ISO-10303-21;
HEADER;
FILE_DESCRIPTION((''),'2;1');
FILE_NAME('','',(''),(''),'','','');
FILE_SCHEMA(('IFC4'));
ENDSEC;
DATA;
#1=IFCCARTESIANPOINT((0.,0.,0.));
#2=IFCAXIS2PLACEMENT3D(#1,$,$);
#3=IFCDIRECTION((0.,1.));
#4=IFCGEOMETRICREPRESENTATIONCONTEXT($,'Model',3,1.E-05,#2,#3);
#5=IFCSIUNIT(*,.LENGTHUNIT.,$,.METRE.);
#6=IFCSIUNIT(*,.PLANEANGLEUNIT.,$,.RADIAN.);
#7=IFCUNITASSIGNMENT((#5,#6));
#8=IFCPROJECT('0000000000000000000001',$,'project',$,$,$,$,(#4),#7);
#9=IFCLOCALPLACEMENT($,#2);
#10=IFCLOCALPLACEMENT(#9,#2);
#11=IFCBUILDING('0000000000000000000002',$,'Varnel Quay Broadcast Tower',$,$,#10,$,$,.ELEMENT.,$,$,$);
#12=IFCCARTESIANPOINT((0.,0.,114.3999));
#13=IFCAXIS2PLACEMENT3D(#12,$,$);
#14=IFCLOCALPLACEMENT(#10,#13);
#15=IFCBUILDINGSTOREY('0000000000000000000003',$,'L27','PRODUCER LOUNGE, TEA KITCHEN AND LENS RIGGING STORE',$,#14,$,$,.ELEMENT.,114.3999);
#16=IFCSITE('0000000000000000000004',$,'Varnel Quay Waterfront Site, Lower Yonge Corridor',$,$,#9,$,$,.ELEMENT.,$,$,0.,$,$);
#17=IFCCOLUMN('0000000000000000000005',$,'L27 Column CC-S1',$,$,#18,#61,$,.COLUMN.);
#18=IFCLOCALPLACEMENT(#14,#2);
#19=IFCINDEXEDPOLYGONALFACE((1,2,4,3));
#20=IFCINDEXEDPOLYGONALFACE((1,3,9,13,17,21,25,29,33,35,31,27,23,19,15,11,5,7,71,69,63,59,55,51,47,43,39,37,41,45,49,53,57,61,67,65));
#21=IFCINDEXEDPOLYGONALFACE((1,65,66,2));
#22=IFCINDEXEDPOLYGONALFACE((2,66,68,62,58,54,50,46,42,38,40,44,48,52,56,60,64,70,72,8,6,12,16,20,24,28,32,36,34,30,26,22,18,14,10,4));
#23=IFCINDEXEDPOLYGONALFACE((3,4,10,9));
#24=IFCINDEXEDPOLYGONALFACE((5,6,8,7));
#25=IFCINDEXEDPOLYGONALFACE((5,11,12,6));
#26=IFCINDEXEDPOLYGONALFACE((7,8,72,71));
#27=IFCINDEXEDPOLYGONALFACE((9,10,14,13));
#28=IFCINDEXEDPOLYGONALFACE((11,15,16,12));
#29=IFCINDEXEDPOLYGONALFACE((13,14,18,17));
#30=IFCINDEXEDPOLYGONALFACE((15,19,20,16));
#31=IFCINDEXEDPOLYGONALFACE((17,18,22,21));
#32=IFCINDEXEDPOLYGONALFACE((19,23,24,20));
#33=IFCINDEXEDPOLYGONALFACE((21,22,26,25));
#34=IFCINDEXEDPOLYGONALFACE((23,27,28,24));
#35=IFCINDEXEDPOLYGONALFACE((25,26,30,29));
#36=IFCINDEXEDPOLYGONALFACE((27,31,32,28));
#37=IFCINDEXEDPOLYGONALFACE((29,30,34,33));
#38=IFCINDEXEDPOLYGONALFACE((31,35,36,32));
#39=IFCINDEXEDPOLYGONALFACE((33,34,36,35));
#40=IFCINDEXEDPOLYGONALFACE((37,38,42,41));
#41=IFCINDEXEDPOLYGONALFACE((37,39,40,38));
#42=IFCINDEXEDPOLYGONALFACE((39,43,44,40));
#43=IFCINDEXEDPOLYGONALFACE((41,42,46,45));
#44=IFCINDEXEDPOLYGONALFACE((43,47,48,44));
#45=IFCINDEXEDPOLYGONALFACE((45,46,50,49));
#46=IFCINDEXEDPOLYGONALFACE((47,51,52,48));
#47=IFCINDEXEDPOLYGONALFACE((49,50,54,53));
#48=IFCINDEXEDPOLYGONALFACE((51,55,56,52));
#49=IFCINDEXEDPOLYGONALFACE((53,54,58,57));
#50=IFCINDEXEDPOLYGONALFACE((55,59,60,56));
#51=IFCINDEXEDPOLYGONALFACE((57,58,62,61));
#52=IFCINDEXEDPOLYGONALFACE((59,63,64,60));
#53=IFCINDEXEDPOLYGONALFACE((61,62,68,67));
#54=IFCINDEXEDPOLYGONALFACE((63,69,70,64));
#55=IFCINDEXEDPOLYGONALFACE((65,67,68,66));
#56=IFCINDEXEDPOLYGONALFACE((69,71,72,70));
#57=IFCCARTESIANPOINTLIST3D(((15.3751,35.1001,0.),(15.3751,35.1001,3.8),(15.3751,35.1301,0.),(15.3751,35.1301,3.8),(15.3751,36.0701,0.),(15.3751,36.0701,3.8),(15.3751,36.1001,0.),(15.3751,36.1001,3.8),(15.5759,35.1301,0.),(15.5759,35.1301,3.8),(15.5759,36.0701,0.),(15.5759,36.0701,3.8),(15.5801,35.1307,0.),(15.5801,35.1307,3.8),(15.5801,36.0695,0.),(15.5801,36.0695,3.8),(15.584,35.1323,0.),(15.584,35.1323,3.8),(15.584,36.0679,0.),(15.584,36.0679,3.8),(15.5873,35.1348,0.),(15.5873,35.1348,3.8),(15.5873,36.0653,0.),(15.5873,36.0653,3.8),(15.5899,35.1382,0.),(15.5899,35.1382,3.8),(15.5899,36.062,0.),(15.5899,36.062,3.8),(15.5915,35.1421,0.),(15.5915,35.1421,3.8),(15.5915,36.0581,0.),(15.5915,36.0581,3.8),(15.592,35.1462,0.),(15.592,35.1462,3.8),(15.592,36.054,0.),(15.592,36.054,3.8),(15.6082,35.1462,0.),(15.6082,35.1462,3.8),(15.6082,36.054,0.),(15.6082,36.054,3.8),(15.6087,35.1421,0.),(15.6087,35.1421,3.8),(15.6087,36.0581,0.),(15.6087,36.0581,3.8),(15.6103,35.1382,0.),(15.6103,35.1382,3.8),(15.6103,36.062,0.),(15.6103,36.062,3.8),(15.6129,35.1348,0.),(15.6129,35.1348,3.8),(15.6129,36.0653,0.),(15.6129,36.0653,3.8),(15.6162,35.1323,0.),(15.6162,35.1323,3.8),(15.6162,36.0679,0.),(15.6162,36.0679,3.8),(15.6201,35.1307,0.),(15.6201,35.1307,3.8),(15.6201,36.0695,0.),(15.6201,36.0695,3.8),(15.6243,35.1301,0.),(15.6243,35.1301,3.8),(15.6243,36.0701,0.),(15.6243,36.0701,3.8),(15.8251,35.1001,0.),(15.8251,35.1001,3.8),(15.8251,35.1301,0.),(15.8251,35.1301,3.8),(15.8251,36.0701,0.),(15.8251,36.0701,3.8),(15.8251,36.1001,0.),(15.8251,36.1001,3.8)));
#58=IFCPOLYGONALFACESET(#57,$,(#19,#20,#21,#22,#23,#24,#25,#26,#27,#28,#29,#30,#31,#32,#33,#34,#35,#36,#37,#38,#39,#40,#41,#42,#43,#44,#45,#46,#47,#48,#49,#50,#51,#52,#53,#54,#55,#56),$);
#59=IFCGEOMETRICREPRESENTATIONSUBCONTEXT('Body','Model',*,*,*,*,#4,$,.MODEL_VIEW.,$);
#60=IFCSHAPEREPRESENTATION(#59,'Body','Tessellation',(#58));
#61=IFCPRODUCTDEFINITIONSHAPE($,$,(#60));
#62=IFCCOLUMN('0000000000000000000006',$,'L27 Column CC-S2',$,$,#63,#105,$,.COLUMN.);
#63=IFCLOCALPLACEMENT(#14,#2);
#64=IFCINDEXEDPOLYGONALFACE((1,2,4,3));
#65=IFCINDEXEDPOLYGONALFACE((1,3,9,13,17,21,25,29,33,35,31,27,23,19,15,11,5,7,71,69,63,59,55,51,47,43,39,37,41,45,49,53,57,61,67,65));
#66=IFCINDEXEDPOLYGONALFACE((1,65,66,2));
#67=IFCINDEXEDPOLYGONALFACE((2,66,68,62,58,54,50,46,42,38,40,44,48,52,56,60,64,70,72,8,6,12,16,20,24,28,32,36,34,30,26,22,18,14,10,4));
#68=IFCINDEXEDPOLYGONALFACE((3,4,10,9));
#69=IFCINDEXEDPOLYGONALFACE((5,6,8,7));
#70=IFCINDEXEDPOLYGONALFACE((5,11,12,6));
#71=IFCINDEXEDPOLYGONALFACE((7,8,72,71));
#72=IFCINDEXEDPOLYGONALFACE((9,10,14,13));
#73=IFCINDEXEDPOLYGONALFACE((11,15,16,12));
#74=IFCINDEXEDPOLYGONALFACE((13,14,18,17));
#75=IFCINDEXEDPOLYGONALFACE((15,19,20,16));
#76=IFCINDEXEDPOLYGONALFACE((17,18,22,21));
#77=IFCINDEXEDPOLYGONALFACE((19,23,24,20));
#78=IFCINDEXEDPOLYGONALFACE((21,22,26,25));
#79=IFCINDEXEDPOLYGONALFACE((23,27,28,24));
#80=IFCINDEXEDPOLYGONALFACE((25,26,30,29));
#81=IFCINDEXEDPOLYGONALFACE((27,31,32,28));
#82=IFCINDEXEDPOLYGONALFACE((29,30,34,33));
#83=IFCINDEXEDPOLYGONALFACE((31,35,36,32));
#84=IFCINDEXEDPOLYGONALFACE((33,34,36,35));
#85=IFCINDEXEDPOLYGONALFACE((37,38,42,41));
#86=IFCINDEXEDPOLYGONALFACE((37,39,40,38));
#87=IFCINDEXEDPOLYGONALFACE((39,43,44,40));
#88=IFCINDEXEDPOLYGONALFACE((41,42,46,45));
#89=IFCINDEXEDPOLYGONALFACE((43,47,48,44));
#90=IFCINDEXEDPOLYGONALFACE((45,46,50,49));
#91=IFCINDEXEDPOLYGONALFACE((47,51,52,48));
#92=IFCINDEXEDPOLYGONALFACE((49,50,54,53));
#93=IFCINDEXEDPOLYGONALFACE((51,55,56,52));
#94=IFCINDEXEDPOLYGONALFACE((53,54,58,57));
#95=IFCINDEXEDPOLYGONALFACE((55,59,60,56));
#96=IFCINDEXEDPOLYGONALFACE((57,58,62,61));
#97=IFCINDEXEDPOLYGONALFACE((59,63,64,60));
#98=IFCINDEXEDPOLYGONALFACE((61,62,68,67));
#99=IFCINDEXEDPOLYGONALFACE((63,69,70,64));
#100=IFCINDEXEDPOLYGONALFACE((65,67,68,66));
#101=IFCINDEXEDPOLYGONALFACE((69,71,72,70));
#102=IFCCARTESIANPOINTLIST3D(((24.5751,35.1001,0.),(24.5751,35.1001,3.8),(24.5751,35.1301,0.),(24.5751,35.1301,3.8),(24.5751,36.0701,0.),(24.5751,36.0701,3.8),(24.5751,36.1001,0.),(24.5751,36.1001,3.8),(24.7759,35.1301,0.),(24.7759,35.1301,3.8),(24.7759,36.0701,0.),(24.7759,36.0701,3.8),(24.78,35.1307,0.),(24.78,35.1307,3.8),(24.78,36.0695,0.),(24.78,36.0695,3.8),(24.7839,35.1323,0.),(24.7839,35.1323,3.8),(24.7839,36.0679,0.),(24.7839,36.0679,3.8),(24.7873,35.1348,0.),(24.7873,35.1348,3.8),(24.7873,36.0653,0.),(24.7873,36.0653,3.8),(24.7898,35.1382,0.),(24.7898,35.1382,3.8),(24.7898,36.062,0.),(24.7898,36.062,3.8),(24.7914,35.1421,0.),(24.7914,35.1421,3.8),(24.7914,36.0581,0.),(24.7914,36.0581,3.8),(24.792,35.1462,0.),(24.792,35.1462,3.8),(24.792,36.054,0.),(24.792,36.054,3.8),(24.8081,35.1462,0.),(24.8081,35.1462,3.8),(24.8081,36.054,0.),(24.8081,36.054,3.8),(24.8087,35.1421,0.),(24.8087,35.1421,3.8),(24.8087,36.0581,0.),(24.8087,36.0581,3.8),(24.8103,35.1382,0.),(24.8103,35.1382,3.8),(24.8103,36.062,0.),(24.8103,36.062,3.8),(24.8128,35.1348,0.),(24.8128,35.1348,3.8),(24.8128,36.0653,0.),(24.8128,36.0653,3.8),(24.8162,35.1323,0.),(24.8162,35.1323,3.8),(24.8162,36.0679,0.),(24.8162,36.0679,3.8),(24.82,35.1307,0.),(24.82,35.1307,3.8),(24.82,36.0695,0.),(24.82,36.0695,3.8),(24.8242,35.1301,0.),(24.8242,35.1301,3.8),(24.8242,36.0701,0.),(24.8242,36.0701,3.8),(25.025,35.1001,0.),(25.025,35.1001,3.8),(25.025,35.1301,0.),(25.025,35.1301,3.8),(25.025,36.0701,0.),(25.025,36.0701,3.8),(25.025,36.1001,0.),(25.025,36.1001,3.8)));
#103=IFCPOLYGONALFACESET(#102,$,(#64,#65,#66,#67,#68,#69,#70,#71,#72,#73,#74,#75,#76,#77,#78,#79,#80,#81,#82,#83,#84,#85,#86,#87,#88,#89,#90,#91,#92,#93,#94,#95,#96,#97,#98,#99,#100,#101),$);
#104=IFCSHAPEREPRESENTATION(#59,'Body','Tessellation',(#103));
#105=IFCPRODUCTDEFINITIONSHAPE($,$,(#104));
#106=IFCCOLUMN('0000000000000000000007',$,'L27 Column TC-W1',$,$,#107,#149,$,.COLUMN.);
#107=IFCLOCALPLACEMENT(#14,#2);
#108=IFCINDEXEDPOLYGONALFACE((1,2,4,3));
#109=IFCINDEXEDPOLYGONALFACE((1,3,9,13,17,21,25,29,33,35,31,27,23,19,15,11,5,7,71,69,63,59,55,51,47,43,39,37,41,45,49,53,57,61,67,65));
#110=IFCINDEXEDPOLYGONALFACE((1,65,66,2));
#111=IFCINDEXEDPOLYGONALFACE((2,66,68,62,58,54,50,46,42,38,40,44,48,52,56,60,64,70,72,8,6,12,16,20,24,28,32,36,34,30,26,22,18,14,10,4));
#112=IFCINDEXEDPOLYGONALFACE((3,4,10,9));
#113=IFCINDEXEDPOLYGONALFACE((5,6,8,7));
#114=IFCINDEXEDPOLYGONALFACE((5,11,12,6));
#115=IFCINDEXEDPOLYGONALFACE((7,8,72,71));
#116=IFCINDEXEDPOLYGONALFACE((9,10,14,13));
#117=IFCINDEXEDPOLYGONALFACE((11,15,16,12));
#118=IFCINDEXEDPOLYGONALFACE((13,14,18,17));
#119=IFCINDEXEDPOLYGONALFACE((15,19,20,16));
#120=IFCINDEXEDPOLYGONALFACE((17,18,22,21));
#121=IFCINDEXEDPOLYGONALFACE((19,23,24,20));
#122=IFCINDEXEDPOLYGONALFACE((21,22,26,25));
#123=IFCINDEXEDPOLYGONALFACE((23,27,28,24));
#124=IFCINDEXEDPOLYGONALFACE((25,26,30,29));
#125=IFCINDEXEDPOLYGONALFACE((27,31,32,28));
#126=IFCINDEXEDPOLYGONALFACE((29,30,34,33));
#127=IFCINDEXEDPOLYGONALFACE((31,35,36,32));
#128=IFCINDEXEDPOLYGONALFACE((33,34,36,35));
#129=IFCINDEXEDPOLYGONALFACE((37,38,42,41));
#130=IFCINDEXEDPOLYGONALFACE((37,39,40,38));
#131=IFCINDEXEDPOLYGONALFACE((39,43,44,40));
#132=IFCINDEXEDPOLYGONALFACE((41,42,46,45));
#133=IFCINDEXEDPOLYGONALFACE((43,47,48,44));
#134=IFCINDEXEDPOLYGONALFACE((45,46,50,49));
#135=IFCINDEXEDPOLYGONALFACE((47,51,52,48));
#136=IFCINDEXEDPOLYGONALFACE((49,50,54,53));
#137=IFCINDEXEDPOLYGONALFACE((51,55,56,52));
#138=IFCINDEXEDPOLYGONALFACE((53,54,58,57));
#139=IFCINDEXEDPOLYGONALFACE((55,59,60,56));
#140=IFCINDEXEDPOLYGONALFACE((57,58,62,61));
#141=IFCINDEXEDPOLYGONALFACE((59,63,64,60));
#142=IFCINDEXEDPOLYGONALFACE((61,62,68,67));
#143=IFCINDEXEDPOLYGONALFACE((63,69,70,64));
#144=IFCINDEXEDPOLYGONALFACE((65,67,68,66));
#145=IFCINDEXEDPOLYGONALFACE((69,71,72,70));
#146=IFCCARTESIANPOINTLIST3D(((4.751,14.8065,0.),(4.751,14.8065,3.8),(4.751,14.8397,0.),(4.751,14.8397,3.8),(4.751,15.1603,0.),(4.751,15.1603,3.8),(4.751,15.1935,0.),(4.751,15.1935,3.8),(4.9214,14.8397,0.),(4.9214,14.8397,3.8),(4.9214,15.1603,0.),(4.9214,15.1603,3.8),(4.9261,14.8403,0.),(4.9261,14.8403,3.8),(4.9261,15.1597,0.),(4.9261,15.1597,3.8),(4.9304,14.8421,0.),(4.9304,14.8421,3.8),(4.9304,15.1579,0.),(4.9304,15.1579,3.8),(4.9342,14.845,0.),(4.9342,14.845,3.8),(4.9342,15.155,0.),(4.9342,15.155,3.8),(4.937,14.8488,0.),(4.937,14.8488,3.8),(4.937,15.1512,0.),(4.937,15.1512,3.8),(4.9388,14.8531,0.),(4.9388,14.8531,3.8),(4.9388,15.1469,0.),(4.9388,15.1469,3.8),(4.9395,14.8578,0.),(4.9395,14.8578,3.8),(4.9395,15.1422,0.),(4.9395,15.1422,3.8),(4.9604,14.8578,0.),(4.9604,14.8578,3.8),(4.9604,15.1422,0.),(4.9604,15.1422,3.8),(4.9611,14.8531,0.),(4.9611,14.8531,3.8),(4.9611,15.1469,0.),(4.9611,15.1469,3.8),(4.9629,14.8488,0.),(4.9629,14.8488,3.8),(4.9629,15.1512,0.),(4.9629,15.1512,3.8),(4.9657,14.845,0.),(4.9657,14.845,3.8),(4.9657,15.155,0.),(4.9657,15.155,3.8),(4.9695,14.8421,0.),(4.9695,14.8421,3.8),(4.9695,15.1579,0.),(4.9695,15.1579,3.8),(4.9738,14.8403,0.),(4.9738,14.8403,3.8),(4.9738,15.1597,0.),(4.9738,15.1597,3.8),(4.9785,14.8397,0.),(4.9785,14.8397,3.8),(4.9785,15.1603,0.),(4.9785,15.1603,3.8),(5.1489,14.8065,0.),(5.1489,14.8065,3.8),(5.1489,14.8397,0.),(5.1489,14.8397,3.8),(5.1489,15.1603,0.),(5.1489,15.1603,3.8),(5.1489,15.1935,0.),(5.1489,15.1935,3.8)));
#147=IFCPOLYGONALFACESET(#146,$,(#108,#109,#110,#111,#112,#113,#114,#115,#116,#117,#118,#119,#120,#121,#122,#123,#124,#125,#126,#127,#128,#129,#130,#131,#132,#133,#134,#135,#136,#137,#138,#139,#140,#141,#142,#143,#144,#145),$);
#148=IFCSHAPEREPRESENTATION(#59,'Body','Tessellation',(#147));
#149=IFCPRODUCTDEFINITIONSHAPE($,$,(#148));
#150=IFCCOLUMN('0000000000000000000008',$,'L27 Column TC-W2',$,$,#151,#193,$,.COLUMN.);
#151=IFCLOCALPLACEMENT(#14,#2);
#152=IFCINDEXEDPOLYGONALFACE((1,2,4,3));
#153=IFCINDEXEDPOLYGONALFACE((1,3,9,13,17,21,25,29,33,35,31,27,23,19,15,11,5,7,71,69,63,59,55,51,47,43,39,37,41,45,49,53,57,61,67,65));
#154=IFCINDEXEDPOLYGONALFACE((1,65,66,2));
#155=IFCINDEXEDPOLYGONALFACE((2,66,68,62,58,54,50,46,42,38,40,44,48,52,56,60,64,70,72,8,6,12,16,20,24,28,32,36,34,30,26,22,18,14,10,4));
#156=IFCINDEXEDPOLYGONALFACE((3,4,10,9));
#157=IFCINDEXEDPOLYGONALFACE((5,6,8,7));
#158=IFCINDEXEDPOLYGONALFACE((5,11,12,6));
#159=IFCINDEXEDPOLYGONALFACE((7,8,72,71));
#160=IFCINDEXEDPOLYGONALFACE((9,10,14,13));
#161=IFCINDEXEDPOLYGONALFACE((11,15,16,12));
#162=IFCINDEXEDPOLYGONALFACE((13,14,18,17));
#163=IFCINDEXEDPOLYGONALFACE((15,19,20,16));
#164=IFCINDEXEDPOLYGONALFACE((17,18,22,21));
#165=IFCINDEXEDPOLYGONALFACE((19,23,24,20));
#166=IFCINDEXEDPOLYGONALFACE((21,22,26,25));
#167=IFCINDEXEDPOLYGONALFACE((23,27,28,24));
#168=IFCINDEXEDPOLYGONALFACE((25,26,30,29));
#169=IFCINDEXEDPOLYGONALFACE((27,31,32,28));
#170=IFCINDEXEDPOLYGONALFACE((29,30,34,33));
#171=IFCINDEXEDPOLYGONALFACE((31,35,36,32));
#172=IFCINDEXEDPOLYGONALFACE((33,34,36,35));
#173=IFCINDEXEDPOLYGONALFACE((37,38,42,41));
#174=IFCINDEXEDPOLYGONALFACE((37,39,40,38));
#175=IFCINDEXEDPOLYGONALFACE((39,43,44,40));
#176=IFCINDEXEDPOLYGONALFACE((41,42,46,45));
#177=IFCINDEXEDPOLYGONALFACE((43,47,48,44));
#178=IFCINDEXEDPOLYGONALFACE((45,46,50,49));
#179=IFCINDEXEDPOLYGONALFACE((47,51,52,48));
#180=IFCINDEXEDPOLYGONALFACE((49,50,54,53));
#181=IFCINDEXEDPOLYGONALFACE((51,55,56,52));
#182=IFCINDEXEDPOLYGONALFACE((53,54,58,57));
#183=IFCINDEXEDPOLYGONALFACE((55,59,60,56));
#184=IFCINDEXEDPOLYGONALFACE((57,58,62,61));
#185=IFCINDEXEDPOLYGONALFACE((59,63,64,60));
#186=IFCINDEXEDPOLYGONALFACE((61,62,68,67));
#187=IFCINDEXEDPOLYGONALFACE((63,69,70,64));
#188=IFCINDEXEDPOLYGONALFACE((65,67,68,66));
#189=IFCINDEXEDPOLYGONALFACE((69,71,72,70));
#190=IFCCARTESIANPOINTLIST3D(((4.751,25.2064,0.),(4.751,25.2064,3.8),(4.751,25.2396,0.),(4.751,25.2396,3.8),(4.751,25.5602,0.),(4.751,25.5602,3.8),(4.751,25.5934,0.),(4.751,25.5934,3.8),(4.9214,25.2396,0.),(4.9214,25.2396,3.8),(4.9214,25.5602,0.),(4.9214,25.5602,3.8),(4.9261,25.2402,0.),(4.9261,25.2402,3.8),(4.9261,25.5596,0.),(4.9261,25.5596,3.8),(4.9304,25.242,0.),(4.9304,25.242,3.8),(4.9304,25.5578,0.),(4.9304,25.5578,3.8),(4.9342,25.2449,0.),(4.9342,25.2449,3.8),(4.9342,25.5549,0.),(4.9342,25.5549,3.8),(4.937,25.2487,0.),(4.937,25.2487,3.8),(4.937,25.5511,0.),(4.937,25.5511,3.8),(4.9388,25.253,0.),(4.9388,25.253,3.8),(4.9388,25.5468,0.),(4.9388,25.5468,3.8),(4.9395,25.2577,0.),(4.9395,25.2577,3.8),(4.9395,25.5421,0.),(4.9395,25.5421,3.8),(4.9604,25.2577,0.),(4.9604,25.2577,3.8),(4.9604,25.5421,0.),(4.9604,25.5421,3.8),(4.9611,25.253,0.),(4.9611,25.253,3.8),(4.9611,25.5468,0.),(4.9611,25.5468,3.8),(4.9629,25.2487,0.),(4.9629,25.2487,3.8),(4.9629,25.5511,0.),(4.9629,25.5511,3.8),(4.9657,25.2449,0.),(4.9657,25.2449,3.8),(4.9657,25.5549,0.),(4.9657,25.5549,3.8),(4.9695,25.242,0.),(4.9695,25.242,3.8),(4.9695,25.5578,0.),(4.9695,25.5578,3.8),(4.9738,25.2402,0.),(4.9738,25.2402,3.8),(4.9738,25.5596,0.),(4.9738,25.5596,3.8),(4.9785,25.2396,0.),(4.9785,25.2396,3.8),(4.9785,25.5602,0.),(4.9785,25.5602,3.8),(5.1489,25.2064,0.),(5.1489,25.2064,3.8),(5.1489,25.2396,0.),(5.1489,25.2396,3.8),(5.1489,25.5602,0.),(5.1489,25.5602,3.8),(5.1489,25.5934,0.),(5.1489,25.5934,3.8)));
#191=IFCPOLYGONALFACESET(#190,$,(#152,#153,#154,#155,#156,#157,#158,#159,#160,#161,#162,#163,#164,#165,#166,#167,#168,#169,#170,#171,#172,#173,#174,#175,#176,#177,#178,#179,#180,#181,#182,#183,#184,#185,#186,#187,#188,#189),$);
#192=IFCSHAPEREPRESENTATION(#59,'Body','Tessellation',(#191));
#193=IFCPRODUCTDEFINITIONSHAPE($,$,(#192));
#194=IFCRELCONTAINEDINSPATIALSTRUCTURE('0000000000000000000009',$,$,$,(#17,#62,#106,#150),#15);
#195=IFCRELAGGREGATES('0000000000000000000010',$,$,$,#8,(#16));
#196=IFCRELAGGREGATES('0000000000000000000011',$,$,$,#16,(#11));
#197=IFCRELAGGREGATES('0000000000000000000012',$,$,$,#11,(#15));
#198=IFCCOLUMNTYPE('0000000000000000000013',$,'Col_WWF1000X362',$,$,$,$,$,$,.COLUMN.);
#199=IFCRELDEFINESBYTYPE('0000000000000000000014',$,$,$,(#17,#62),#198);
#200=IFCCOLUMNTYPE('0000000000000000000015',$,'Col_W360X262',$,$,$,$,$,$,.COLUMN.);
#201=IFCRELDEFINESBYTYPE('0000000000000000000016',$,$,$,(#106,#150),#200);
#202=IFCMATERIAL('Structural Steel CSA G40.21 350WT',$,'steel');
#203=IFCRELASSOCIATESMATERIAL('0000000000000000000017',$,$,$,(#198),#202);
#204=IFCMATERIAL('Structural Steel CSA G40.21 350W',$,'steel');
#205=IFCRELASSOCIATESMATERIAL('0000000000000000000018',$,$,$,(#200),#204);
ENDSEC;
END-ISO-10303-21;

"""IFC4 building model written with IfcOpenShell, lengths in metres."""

from ifc_helpers import new_model, si_unit, direction, frame, origin, origin_2d, place, context, subcontext, project, spatial, i_section, extrude, source, transform, mapped, material, material_profile, profile_set, type_object, type_shapes, element, save


model = new_model("IFC4")

# Units and contexts
model_context = context("Model", 3, precision=1e-05, world=origin(), true_north=direction((0.0, 1.0)))
body_context = subcontext(model_context, "Body", "Model", "MODEL_VIEW")
ifc_project = project(units=[si_unit("LENGTHUNIT", "METRE"), si_unit("PLANEANGLEUNIT", "RADIAN")], contexts=[model_context])

# Site, building, storey
site_placement = place(None, origin())
site = spatial("IfcSite", under=ifc_project, at=site_placement, Name="Varnel Quay Waterfront Site, Lower Yonge Corridor", CompositionType="ELEMENT", RefElevation=0.0)
building_placement = place(site_placement, origin())
building = spatial("IfcBuilding", under=site, at=building_placement, Name="Varnel Quay Broadcast Tower", CompositionType="ELEMENT")
storey_placement = place(building_placement, frame((0.0, 0.0, 114.3999)))
storey = spatial("IfcBuildingStorey", under=building, at=storey_placement, Name="L27", Description="PRODUCER LOUNGE, TEA KITCHEN AND LENS RIGGING STORE", CompositionType="ELEMENT", Elevation=114.3999)

# Columns
ifc_material_1 = material(Name="Structural Steel CSA G40.21 350WT", Category="steel")
ifc_material_profile_1 = material_profile(ifc_material_1, i_section(OverallWidth=0.45, OverallDepth=1.0, WebThickness=0.0161, FlangeThickness=0.03, FilletRadius=0.0161, at=origin_2d()), Name="WWF1000X362")
ifc_profile_set_1 = profile_set([ifc_material_profile_1], Name="Structural Steel CSA G40.21 350WT")
column_type_1 = type_object("IfcColumnType", Name="Col_WWF1000X362", PredefinedType="COLUMN", material=ifc_profile_set_1)
shared_shape_1 = source(origin(), body_context, "Body", "SweptSolid", [
    extrude(i_section(OverallWidth=0.45, OverallDepth=1.0, WebThickness=0.0161, FlangeThickness=0.03, FilletRadius=0.0161, at=origin_2d()), origin(), (0.0, 0.0, 1.0), 3.8),
])
type_shapes(column_type_1, [shared_shape_1])
for number, where, z_axis, x_axis, name in (
    (1, (15.6001, 35.6001, 0.0), (0.0, 0.0, 1.0), (1.0, 0.0, 0.0), "L27 Column CC-S1"),
    (2, (24.8, 35.6001, 0.0), (0.0, 0.0, 1.0), (1.0, 0.0, 0.0), "L27 Column CC-S2"),
):
    element("IfcColumn", number, at=place(storey_placement, frame(where, z_axis=z_axis, x_axis=x_axis)), inside=storey, type_object=column_type_1, Name=name, PredefinedType="COLUMN", context=body_context, shape_type="MappedRepresentation", body=[
        mapped(shared_shape_1, transform((0.0, 0.0, 0.0), x_axis=(1.0, 0.0, 0.0), y_axis=(0.0, 1.0, 0.0), z_axis=(0.0, 0.0, 1.0), scale=1.0)),
    ])
ifc_material_2 = material(Name="Structural Steel CSA G40.21 350W", Category="steel")
ifc_material_profile_2 = material_profile(ifc_material_2, i_section(OverallWidth=0.3979, OverallDepth=0.387, WebThickness=0.021, FlangeThickness=0.0332, FilletRadius=0.0181, at=origin_2d()), Name="W360X262")
ifc_profile_set_2 = profile_set([ifc_material_profile_2], Name="Structural Steel CSA G40.21 350W")
column_type_2 = type_object("IfcColumnType", Name="Col_W360X262", PredefinedType="COLUMN", material=ifc_profile_set_2)
shared_shape_2 = source(origin(), body_context, "Body", "SweptSolid", [
    extrude(i_section(OverallWidth=0.3979, OverallDepth=0.387, WebThickness=0.021, FlangeThickness=0.0332, FilletRadius=0.0181, at=origin_2d()), origin(), (0.0, 0.0, 1.0), 3.8),
])
type_shapes(column_type_2, [shared_shape_2])
for number, where, z_axis, x_axis, name in (
    (3, (4.95, 15.0, 0.0), (0.0, 0.0, 1.0), (1.0, 0.0, 0.0), "L27 Column TC-W1"),
    (4, (4.95, 25.3999, 0.0), (0.0, 0.0, 1.0), (1.0, 0.0, 0.0), "L27 Column TC-W2"),
):
    element("IfcColumn", number, at=place(storey_placement, frame(where, z_axis=z_axis, x_axis=x_axis)), inside=storey, type_object=column_type_2, Name=name, PredefinedType="COLUMN", context=body_context, shape_type="MappedRepresentation", body=[
        mapped(shared_shape_2, transform((0.0, 0.0, 0.0), x_axis=(1.0, 0.0, 0.0), y_axis=(0.0, 1.0, 0.0), z_axis=(0.0, 0.0, 1.0), scale=1.0)),
    ])

save(model, "model.ifc")
